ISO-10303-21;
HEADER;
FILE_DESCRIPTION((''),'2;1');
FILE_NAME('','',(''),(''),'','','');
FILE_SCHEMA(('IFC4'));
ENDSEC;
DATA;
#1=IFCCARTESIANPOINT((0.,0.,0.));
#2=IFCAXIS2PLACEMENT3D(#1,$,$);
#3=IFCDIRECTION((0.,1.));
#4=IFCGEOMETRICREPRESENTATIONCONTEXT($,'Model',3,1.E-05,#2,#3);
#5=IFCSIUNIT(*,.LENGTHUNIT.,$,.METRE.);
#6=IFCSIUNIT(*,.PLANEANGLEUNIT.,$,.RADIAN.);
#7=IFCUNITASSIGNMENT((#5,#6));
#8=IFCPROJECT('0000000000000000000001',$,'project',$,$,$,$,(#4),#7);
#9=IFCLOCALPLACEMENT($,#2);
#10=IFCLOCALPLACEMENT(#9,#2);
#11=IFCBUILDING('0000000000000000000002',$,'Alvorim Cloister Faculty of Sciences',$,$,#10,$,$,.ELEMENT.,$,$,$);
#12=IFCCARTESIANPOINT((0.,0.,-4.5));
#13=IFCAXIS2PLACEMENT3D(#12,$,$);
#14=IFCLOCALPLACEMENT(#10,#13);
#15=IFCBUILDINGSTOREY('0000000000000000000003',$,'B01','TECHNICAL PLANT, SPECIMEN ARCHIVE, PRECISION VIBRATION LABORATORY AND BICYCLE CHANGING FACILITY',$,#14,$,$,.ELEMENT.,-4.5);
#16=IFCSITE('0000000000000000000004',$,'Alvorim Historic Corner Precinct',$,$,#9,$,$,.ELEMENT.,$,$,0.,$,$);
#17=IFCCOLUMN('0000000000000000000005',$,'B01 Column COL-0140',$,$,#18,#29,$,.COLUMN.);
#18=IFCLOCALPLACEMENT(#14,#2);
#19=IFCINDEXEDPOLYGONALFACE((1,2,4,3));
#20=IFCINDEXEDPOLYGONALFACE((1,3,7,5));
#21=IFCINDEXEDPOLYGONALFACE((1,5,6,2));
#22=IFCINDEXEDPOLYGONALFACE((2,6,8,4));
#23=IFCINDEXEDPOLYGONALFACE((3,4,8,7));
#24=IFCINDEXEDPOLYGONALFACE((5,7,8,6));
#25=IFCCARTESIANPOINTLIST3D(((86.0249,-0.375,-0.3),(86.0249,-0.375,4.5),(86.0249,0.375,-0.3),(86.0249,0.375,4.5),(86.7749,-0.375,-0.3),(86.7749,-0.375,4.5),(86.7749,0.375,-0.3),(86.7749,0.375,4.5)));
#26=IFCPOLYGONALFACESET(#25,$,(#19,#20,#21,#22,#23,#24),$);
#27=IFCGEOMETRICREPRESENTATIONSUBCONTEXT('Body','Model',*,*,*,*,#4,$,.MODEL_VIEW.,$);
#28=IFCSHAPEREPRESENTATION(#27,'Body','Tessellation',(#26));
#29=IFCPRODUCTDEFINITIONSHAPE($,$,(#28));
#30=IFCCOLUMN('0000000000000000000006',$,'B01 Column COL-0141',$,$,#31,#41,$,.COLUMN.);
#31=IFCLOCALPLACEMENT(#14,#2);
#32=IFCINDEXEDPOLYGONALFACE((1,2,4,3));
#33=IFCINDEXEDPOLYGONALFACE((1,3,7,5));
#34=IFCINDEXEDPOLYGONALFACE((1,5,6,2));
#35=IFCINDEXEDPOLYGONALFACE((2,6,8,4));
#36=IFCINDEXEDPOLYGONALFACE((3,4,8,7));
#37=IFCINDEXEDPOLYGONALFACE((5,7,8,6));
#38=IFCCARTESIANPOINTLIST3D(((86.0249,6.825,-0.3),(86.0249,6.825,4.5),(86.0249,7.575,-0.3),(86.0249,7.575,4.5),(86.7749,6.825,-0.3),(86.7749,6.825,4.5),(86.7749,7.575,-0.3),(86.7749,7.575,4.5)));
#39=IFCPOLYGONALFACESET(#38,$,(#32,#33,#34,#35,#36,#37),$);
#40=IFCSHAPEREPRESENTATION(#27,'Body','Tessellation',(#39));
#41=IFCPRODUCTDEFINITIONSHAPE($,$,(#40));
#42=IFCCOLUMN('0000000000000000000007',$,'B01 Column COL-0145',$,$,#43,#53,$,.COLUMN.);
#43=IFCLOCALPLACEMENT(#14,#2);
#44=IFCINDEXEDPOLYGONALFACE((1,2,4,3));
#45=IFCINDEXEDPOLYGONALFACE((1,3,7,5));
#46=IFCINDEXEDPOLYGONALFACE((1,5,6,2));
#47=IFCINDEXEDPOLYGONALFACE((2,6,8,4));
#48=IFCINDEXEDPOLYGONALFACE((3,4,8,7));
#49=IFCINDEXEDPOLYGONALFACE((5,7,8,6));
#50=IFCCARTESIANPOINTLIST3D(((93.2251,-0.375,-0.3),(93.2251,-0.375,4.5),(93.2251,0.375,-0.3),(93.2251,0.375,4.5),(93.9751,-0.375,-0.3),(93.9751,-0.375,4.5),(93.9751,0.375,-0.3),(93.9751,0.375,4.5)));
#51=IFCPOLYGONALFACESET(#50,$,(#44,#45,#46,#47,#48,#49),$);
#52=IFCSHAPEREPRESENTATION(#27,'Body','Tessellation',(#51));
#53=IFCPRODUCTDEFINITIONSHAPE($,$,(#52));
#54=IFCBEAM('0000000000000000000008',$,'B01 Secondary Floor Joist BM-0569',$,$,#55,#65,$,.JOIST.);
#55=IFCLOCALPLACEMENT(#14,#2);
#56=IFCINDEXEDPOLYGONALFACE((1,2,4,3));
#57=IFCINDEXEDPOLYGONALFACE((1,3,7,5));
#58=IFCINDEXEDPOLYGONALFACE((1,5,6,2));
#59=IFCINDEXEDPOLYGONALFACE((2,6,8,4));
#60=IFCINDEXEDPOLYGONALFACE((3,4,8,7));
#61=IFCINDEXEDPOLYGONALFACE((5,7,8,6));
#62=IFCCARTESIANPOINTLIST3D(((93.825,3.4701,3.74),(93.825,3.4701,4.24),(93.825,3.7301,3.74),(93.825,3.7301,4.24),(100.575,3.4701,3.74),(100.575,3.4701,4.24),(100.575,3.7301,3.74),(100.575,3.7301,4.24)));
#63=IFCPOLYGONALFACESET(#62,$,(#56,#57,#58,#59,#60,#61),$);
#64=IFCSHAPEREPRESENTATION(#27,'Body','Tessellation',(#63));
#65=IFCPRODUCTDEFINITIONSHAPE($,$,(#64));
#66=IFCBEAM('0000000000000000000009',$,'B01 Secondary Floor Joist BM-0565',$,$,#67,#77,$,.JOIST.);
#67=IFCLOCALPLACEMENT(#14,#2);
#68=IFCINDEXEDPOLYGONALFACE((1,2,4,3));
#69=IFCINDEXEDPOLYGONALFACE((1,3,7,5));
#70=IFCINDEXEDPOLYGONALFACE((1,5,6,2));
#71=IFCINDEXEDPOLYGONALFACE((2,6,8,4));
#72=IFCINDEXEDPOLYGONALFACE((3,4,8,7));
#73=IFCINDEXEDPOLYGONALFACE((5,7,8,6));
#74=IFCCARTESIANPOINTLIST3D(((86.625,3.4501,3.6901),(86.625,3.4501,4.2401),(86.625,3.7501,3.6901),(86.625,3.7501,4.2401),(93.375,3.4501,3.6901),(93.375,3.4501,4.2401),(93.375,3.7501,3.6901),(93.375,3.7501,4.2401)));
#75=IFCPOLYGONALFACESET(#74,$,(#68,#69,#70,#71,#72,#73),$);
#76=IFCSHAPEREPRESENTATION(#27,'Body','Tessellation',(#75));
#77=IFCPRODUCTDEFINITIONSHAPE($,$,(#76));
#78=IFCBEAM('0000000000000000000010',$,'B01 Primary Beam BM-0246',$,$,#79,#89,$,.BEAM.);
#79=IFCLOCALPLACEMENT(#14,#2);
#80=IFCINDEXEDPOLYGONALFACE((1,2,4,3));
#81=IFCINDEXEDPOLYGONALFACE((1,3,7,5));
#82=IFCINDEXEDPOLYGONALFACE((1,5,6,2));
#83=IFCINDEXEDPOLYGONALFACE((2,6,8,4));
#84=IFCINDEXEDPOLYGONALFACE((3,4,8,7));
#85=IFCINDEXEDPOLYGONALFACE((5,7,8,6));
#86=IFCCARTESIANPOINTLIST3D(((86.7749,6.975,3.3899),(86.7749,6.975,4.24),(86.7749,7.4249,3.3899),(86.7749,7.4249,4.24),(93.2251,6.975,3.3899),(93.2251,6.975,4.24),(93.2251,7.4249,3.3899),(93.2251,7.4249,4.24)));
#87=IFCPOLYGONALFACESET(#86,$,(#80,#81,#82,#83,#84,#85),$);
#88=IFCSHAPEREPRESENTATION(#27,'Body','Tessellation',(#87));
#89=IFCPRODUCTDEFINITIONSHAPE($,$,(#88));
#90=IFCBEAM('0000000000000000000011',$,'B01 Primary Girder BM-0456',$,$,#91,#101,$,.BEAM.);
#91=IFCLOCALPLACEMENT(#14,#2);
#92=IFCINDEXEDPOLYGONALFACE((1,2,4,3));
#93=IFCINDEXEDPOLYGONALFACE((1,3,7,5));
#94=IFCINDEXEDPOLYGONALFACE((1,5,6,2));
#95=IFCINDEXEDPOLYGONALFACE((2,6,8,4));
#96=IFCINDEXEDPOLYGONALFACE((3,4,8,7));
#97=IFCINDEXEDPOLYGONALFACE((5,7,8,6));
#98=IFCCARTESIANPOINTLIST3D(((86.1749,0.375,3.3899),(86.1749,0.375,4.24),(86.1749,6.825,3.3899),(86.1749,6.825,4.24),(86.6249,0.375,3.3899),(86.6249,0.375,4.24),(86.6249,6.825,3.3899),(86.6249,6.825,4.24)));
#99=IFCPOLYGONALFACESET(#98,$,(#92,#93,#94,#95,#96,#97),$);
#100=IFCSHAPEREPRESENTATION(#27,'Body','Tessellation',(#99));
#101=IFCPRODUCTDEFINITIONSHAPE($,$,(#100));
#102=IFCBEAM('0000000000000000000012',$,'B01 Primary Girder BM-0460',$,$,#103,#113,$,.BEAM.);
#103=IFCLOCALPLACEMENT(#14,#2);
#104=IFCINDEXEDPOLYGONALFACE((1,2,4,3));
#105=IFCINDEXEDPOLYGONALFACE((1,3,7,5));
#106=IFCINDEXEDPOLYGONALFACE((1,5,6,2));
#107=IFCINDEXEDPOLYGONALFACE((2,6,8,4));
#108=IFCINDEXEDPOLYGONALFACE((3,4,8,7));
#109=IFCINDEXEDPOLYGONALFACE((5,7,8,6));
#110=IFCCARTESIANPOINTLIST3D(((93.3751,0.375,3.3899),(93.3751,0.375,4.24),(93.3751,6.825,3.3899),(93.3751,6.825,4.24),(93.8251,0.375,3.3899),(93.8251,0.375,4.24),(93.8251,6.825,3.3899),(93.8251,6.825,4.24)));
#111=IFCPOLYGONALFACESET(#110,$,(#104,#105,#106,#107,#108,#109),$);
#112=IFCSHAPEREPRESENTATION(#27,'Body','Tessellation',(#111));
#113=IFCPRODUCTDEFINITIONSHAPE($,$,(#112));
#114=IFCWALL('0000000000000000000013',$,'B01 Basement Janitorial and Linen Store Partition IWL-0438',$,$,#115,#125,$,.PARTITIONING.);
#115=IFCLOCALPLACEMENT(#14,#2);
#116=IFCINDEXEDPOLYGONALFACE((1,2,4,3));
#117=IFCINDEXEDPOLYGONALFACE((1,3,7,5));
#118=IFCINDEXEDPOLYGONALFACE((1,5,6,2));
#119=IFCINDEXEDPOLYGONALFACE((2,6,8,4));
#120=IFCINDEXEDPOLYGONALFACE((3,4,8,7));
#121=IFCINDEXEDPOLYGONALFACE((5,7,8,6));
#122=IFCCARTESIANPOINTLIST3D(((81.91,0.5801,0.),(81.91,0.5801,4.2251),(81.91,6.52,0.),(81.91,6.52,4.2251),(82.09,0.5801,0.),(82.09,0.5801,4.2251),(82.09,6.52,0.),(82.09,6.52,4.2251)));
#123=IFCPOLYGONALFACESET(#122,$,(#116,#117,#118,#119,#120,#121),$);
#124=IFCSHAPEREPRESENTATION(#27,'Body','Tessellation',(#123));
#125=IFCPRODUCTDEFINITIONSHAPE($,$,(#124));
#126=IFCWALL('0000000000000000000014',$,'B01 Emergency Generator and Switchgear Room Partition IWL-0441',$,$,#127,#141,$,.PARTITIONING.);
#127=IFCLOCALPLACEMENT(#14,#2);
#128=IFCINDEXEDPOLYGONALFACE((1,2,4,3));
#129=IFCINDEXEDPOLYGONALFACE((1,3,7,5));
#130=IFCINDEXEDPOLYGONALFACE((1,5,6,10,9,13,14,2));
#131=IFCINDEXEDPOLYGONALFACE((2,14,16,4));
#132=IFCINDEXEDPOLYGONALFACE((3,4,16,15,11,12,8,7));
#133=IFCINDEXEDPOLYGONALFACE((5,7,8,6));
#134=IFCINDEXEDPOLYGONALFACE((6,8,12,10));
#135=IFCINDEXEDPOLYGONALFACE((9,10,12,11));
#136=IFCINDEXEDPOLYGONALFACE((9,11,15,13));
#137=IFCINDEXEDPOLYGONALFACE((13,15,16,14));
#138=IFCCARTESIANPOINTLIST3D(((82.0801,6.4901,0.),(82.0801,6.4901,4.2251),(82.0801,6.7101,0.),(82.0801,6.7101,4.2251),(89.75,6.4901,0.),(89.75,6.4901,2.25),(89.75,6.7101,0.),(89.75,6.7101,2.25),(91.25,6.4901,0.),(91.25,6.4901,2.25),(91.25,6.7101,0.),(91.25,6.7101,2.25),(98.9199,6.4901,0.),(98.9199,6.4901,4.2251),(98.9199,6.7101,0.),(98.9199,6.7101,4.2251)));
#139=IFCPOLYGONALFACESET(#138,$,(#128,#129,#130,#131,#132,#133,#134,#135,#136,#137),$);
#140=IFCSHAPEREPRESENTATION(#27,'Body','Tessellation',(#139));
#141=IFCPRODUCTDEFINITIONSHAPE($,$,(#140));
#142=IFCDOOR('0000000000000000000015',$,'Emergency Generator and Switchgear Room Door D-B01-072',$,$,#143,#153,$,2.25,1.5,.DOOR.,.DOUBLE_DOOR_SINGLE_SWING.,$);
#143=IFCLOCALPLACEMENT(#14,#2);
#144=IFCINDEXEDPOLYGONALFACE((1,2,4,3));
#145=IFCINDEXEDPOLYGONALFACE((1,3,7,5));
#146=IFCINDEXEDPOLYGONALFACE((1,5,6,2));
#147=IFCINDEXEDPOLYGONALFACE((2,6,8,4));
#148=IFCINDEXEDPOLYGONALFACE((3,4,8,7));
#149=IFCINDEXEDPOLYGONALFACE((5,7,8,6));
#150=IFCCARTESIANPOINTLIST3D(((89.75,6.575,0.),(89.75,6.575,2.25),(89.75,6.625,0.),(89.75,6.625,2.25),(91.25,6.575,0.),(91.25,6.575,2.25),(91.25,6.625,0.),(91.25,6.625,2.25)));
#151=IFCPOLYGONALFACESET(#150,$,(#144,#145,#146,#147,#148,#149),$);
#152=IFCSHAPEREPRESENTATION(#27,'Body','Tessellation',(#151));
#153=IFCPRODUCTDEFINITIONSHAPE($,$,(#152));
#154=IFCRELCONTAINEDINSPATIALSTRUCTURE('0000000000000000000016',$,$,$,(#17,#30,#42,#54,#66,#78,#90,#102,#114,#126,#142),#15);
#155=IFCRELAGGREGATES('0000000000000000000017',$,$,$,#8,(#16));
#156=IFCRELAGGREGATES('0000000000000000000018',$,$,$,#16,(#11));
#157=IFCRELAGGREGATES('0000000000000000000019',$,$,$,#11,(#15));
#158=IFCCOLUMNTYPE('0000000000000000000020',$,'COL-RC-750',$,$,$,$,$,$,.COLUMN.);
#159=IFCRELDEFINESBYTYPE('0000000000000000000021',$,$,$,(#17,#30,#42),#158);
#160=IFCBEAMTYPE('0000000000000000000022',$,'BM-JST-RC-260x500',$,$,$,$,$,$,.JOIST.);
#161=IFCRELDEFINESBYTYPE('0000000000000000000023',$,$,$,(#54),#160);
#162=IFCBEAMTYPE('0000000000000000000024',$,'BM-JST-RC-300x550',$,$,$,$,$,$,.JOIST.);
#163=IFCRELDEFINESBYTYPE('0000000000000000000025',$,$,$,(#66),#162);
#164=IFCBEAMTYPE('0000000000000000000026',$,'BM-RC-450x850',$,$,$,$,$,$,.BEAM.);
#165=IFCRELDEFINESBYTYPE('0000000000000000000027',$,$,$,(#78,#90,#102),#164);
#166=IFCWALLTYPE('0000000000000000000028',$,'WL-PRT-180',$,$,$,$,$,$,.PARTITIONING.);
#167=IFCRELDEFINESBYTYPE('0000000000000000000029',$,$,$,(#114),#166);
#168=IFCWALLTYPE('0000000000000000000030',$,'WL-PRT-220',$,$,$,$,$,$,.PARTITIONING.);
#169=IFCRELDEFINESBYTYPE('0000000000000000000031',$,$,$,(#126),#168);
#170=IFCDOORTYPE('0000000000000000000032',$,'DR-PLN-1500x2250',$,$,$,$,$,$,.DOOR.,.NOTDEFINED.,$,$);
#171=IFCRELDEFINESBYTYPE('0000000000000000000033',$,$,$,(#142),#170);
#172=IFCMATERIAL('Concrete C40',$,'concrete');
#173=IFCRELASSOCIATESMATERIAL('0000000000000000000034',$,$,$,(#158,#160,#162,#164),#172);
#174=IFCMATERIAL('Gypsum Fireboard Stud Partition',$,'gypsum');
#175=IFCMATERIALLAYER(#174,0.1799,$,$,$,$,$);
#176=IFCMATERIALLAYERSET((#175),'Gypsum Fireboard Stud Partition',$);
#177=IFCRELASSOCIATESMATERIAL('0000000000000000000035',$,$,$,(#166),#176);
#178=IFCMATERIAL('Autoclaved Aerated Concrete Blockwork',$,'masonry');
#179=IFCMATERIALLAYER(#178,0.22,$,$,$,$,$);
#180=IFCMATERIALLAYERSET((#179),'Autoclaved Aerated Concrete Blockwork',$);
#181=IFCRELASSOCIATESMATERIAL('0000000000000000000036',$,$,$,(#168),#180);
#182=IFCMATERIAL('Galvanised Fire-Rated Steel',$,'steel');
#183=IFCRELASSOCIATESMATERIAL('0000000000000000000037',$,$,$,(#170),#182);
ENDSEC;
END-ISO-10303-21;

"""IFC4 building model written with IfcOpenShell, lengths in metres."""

from ifc_helpers import new_model, si_unit, direction, frame, frame_2d, origin, origin_2d, place, context, subcontext, project, spatial, rectangle, extrude, material, layer, layer_set, material_profile, profile_set, type_object, element, fill, save


model = new_model("IFC4")

# Units and contexts
model_context = context("Model", 3, precision=1e-05, world=origin(), true_north=direction((0.0, 1.0)))
body_context = subcontext(model_context, "Body", "Model", "MODEL_VIEW")
ifc_project = project(units=[si_unit("LENGTHUNIT", "METRE"), si_unit("PLANEANGLEUNIT", "RADIAN")], contexts=[model_context])

# Site, building, storey
site_placement = place(None, origin())
site = spatial("IfcSite", under=ifc_project, at=site_placement, Name="Alvorim Historic Corner Precinct", CompositionType="ELEMENT", RefElevation=0.0)
building_placement = place(site_placement, origin())
building = spatial("IfcBuilding", under=site, at=building_placement, Name="Alvorim Cloister Faculty of Sciences", CompositionType="ELEMENT")
storey_placement = place(building_placement, frame((0.0, 0.0, -4.5)))
storey = spatial("IfcBuildingStorey", under=building, at=storey_placement, Name="B01", Description="TECHNICAL PLANT, SPECIMEN ARCHIVE, PRECISION VIBRATION LABORATORY AND BICYCLE CHANGING FACILITY", CompositionType="ELEMENT", Elevation=-4.5)

# Shared definitions
ifc_material_1 = material(Name="Concrete C40", Category="concrete")

# Columns
ifc_material_profile_1 = material_profile(ifc_material_1, rectangle(XDim=0.75, YDim=0.75, at=origin_2d()), Name="RC40-COL-750x750")
ifc_profile_set_1 = profile_set([ifc_material_profile_1], Name="Concrete C40")
column_type = type_object("IfcColumnType", Name="COL-RC-750", PredefinedType="COLUMN", material=ifc_profile_set_1)
for number, where, z_axis, x_axis, name in (
    (1, (86.3999, 0.0, -0.3), (0.0, 0.0, 1.0), (1.0, 0.0, 0.0), "B01 Column COL-0140"),
    (2, (86.3999, 7.2, -0.3), (0.0, 0.0, 1.0), (1.0, 0.0, 0.0), "B01 Column COL-0141"),
    (3, (93.6001, 0.0, -0.3), (0.0, 0.0, 1.0), (1.0, 0.0, 0.0), "B01 Column COL-0145"),
):
    element("IfcColumn", number, at=place(storey_placement, frame(where, z_axis=z_axis, x_axis=x_axis)), inside=storey, type_object=column_type, Name=name, PredefinedType="COLUMN", context=body_context, shape_type="SweptSolid", body=[
        extrude(rectangle(XDim=0.75, YDim=0.75, at=origin_2d()), origin(), (0.0, 0.0, 1.0), 4.8),
    ])

# Beams
ifc_material_profile_2 = material_profile(ifc_material_1, rectangle(XDim=0.26, YDim=0.5, at=origin_2d()), Name="RC40-JST-260x500")
ifc_profile_set_2 = profile_set([ifc_material_profile_2], Name="Concrete C40")
beam_type_1 = type_object("IfcBeamType", Name="BM-JST-RC-260x500", PredefinedType="JOIST", material=ifc_profile_set_2)
beam_1_placement = place(storey_placement, frame((93.825, 3.6001, 3.99), z_axis=(1.0, 0.0, 0.0), x_axis=(0.0, 1.0, 0.0)))
element("IfcBeam", 4, at=beam_1_placement, inside=storey, type_object=beam_type_1, Name="B01 Secondary Floor Joist BM-0569", PredefinedType="JOIST", context=body_context, shape_type="SweptSolid", body=[
    extrude(rectangle(XDim=0.26, YDim=0.5, at=origin_2d()), origin(), (0.0, 0.0, 1.0), 6.75),
])
ifc_material_profile_3 = material_profile(ifc_material_1, rectangle(XDim=0.3, YDim=0.55, at=origin_2d()), Name="RC40-JST-300x550")
ifc_profile_set_3 = profile_set([ifc_material_profile_3], Name="Concrete C40")
beam_type_2 = type_object("IfcBeamType", Name="BM-JST-RC-300x550", PredefinedType="JOIST", material=ifc_profile_set_3)
beam_2_placement = place(storey_placement, frame((86.625, 3.6001, 3.9651), z_axis=(1.0, 0.0, 0.0), x_axis=(0.0, 1.0, 0.0)))
element("IfcBeam", 5, at=beam_2_placement, inside=storey, type_object=beam_type_2, Name="B01 Secondary Floor Joist BM-0565", PredefinedType="JOIST", context=body_context, shape_type="SweptSolid", body=[
    extrude(rectangle(XDim=0.3, YDim=0.55, at=origin_2d()), origin(), (0.0, 0.0, 1.0), 6.75),
])
ifc_material_profile_4 = material_profile(ifc_material_1, rectangle(XDim=0.45, YDim=0.8501, at=origin_2d()), Name="RC40-BM-450x850")
ifc_profile_set_4 = profile_set([ifc_material_profile_4], Name="Concrete C40")
beam_type_3 = type_object("IfcBeamType", Name="BM-RC-450x850", PredefinedType="BEAM", material=ifc_profile_set_4)
beam_3_placement = place(storey_placement, frame((86.7749, 7.2, 3.8149), z_axis=(1.0, 0.0, 0.0), x_axis=(0.0, 1.0, 0.0)))
element("IfcBeam", 6, at=beam_3_placement, inside=storey, type_object=beam_type_3, Name="B01 Primary Beam BM-0246", PredefinedType="BEAM", context=body_context, shape_type="SweptSolid", body=[
    extrude(rectangle(XDim=0.45, YDim=0.8501, at=origin_2d()), origin(), (0.0, 0.0, 1.0), 6.4502),
])
for number, where, z_axis, x_axis, name in (
    (7, (86.3999, 0.375, 3.8149), (0.0, 1.0, 0.0), (-1.0, 0.0, 0.0), "B01 Primary Girder BM-0456"),
    (8, (93.6001, 0.375, 3.8149), (0.0, 1.0, 0.0), (-1.0, 0.0, 0.0), "B01 Primary Girder BM-0460"),
):
    element("IfcBeam", number, at=place(storey_placement, frame(where, z_axis=z_axis, x_axis=x_axis)), inside=storey, type_object=beam_type_3, Name=name, PredefinedType="BEAM", context=body_context, shape_type="SweptSolid", body=[
        extrude(rectangle(XDim=0.45, YDim=0.8501, at=origin_2d()), origin(), (0.0, 0.0, 1.0), 6.45),
    ])

# Wall
ifc_material_2 = material(Name="Gypsum Fireboard Stud Partition", Category="gypsum")
ifc_layer_1 = layer(ifc_material_2, 0.1799)
ifc_layer_set_1 = layer_set([ifc_layer_1], Name="Gypsum Fireboard Stud Partition")
wall_type_1 = type_object("IfcWallType", Name="WL-PRT-180", PredefinedType="PARTITIONING", material=ifc_layer_set_1)
wall_1_placement = place(storey_placement, frame((82.0, 0.5801, 0.0), z_axis=(0.0, 0.0, 1.0), x_axis=(0.0, 1.0, 0.0)))
element("IfcWall", 9, at=wall_1_placement, inside=storey, type_object=wall_type_1, Name="B01 Basement Janitorial and Linen Store Partition IWL-0438", PredefinedType="PARTITIONING", context=body_context, shape_type="SweptSolid", body=[
    extrude(rectangle(XDim=5.9399, YDim=0.1799, at=frame_2d((2.97, 0.0))), origin(), (0.0, 0.0, 1.0), 4.2251),
])

# Wall, opening, door
ifc_material_3 = material(Name="Autoclaved Aerated Concrete Blockwork", Category="masonry")
ifc_layer_2 = layer(ifc_material_3, 0.22)
ifc_layer_set_2 = layer_set([ifc_layer_2], Name="Autoclaved Aerated Concrete Blockwork")
wall_type_2 = type_object("IfcWallType", Name="WL-PRT-220", PredefinedType="PARTITIONING", material=ifc_layer_set_2)
wall_2_placement = place(storey_placement, frame((82.0801, 6.6001, 0.0), z_axis=(0.0, 0.0, 1.0), x_axis=(1.0, 0.0, 0.0)))
wall_2 = element("IfcWall", 10, at=wall_2_placement, inside=storey, type_object=wall_type_2, Name="B01 Emergency Generator and Switchgear Room Partition IWL-0441", PredefinedType="PARTITIONING", context=body_context, shape_type="SweptSolid", body=[
    extrude(rectangle(XDim=16.8398, YDim=0.22, at=frame_2d((8.4199, 0.0))), origin(), (0.0, 0.0, 1.0), 4.2251),
])
opening_placement = place(wall_2_placement, frame((7.6699, 0.0, 0.0)))
opening = element("IfcOpeningElement", 11, at=opening_placement, cuts=wall_2, PredefinedType="OPENING", context=body_context, shape_type="SweptSolid", body=[
    extrude(rectangle(XDim=1.5, YDim=2.25, at=frame_2d((0.75, 1.125))), frame((0.0, 0.1221, 0.0), z_axis=(0.0, -1.0, 0.0), x_axis=(1.0, 0.0, 0.0)), (0.0, 0.0, 1.0), 0.2439),
])
ifc_material_4 = material(Name="Galvanised Fire-Rated Steel", Category="steel")
door_type = type_object("IfcDoorType", Name="DR-PLN-1500x2250", OperationType="NOTDEFINED", PredefinedType="DOOR", material=ifc_material_4)
door_placement = place(opening_placement, origin())
door = element("IfcDoor", 12, at=door_placement, inside=storey, type_object=door_type, Name="Emergency Generator and Switchgear Room Door D-B01-072", OperationType="DOUBLE_DOOR_SINGLE_SWING", OverallHeight=2.25, OverallWidth=1.5, PredefinedType="DOOR", context=body_context, shape_type="SweptSolid", body=[
    extrude(rectangle(XDim=1.5, YDim=2.25, at=frame_2d((0.75, 1.125))), frame((0.0, 0.0249, 0.0), z_axis=(0.0, -1.0, 0.0), x_axis=(1.0, 0.0, 0.0)), (0.0, 0.0, 1.0), 0.05),
])
fill(opening, door)

save(model, "model.ifc")
